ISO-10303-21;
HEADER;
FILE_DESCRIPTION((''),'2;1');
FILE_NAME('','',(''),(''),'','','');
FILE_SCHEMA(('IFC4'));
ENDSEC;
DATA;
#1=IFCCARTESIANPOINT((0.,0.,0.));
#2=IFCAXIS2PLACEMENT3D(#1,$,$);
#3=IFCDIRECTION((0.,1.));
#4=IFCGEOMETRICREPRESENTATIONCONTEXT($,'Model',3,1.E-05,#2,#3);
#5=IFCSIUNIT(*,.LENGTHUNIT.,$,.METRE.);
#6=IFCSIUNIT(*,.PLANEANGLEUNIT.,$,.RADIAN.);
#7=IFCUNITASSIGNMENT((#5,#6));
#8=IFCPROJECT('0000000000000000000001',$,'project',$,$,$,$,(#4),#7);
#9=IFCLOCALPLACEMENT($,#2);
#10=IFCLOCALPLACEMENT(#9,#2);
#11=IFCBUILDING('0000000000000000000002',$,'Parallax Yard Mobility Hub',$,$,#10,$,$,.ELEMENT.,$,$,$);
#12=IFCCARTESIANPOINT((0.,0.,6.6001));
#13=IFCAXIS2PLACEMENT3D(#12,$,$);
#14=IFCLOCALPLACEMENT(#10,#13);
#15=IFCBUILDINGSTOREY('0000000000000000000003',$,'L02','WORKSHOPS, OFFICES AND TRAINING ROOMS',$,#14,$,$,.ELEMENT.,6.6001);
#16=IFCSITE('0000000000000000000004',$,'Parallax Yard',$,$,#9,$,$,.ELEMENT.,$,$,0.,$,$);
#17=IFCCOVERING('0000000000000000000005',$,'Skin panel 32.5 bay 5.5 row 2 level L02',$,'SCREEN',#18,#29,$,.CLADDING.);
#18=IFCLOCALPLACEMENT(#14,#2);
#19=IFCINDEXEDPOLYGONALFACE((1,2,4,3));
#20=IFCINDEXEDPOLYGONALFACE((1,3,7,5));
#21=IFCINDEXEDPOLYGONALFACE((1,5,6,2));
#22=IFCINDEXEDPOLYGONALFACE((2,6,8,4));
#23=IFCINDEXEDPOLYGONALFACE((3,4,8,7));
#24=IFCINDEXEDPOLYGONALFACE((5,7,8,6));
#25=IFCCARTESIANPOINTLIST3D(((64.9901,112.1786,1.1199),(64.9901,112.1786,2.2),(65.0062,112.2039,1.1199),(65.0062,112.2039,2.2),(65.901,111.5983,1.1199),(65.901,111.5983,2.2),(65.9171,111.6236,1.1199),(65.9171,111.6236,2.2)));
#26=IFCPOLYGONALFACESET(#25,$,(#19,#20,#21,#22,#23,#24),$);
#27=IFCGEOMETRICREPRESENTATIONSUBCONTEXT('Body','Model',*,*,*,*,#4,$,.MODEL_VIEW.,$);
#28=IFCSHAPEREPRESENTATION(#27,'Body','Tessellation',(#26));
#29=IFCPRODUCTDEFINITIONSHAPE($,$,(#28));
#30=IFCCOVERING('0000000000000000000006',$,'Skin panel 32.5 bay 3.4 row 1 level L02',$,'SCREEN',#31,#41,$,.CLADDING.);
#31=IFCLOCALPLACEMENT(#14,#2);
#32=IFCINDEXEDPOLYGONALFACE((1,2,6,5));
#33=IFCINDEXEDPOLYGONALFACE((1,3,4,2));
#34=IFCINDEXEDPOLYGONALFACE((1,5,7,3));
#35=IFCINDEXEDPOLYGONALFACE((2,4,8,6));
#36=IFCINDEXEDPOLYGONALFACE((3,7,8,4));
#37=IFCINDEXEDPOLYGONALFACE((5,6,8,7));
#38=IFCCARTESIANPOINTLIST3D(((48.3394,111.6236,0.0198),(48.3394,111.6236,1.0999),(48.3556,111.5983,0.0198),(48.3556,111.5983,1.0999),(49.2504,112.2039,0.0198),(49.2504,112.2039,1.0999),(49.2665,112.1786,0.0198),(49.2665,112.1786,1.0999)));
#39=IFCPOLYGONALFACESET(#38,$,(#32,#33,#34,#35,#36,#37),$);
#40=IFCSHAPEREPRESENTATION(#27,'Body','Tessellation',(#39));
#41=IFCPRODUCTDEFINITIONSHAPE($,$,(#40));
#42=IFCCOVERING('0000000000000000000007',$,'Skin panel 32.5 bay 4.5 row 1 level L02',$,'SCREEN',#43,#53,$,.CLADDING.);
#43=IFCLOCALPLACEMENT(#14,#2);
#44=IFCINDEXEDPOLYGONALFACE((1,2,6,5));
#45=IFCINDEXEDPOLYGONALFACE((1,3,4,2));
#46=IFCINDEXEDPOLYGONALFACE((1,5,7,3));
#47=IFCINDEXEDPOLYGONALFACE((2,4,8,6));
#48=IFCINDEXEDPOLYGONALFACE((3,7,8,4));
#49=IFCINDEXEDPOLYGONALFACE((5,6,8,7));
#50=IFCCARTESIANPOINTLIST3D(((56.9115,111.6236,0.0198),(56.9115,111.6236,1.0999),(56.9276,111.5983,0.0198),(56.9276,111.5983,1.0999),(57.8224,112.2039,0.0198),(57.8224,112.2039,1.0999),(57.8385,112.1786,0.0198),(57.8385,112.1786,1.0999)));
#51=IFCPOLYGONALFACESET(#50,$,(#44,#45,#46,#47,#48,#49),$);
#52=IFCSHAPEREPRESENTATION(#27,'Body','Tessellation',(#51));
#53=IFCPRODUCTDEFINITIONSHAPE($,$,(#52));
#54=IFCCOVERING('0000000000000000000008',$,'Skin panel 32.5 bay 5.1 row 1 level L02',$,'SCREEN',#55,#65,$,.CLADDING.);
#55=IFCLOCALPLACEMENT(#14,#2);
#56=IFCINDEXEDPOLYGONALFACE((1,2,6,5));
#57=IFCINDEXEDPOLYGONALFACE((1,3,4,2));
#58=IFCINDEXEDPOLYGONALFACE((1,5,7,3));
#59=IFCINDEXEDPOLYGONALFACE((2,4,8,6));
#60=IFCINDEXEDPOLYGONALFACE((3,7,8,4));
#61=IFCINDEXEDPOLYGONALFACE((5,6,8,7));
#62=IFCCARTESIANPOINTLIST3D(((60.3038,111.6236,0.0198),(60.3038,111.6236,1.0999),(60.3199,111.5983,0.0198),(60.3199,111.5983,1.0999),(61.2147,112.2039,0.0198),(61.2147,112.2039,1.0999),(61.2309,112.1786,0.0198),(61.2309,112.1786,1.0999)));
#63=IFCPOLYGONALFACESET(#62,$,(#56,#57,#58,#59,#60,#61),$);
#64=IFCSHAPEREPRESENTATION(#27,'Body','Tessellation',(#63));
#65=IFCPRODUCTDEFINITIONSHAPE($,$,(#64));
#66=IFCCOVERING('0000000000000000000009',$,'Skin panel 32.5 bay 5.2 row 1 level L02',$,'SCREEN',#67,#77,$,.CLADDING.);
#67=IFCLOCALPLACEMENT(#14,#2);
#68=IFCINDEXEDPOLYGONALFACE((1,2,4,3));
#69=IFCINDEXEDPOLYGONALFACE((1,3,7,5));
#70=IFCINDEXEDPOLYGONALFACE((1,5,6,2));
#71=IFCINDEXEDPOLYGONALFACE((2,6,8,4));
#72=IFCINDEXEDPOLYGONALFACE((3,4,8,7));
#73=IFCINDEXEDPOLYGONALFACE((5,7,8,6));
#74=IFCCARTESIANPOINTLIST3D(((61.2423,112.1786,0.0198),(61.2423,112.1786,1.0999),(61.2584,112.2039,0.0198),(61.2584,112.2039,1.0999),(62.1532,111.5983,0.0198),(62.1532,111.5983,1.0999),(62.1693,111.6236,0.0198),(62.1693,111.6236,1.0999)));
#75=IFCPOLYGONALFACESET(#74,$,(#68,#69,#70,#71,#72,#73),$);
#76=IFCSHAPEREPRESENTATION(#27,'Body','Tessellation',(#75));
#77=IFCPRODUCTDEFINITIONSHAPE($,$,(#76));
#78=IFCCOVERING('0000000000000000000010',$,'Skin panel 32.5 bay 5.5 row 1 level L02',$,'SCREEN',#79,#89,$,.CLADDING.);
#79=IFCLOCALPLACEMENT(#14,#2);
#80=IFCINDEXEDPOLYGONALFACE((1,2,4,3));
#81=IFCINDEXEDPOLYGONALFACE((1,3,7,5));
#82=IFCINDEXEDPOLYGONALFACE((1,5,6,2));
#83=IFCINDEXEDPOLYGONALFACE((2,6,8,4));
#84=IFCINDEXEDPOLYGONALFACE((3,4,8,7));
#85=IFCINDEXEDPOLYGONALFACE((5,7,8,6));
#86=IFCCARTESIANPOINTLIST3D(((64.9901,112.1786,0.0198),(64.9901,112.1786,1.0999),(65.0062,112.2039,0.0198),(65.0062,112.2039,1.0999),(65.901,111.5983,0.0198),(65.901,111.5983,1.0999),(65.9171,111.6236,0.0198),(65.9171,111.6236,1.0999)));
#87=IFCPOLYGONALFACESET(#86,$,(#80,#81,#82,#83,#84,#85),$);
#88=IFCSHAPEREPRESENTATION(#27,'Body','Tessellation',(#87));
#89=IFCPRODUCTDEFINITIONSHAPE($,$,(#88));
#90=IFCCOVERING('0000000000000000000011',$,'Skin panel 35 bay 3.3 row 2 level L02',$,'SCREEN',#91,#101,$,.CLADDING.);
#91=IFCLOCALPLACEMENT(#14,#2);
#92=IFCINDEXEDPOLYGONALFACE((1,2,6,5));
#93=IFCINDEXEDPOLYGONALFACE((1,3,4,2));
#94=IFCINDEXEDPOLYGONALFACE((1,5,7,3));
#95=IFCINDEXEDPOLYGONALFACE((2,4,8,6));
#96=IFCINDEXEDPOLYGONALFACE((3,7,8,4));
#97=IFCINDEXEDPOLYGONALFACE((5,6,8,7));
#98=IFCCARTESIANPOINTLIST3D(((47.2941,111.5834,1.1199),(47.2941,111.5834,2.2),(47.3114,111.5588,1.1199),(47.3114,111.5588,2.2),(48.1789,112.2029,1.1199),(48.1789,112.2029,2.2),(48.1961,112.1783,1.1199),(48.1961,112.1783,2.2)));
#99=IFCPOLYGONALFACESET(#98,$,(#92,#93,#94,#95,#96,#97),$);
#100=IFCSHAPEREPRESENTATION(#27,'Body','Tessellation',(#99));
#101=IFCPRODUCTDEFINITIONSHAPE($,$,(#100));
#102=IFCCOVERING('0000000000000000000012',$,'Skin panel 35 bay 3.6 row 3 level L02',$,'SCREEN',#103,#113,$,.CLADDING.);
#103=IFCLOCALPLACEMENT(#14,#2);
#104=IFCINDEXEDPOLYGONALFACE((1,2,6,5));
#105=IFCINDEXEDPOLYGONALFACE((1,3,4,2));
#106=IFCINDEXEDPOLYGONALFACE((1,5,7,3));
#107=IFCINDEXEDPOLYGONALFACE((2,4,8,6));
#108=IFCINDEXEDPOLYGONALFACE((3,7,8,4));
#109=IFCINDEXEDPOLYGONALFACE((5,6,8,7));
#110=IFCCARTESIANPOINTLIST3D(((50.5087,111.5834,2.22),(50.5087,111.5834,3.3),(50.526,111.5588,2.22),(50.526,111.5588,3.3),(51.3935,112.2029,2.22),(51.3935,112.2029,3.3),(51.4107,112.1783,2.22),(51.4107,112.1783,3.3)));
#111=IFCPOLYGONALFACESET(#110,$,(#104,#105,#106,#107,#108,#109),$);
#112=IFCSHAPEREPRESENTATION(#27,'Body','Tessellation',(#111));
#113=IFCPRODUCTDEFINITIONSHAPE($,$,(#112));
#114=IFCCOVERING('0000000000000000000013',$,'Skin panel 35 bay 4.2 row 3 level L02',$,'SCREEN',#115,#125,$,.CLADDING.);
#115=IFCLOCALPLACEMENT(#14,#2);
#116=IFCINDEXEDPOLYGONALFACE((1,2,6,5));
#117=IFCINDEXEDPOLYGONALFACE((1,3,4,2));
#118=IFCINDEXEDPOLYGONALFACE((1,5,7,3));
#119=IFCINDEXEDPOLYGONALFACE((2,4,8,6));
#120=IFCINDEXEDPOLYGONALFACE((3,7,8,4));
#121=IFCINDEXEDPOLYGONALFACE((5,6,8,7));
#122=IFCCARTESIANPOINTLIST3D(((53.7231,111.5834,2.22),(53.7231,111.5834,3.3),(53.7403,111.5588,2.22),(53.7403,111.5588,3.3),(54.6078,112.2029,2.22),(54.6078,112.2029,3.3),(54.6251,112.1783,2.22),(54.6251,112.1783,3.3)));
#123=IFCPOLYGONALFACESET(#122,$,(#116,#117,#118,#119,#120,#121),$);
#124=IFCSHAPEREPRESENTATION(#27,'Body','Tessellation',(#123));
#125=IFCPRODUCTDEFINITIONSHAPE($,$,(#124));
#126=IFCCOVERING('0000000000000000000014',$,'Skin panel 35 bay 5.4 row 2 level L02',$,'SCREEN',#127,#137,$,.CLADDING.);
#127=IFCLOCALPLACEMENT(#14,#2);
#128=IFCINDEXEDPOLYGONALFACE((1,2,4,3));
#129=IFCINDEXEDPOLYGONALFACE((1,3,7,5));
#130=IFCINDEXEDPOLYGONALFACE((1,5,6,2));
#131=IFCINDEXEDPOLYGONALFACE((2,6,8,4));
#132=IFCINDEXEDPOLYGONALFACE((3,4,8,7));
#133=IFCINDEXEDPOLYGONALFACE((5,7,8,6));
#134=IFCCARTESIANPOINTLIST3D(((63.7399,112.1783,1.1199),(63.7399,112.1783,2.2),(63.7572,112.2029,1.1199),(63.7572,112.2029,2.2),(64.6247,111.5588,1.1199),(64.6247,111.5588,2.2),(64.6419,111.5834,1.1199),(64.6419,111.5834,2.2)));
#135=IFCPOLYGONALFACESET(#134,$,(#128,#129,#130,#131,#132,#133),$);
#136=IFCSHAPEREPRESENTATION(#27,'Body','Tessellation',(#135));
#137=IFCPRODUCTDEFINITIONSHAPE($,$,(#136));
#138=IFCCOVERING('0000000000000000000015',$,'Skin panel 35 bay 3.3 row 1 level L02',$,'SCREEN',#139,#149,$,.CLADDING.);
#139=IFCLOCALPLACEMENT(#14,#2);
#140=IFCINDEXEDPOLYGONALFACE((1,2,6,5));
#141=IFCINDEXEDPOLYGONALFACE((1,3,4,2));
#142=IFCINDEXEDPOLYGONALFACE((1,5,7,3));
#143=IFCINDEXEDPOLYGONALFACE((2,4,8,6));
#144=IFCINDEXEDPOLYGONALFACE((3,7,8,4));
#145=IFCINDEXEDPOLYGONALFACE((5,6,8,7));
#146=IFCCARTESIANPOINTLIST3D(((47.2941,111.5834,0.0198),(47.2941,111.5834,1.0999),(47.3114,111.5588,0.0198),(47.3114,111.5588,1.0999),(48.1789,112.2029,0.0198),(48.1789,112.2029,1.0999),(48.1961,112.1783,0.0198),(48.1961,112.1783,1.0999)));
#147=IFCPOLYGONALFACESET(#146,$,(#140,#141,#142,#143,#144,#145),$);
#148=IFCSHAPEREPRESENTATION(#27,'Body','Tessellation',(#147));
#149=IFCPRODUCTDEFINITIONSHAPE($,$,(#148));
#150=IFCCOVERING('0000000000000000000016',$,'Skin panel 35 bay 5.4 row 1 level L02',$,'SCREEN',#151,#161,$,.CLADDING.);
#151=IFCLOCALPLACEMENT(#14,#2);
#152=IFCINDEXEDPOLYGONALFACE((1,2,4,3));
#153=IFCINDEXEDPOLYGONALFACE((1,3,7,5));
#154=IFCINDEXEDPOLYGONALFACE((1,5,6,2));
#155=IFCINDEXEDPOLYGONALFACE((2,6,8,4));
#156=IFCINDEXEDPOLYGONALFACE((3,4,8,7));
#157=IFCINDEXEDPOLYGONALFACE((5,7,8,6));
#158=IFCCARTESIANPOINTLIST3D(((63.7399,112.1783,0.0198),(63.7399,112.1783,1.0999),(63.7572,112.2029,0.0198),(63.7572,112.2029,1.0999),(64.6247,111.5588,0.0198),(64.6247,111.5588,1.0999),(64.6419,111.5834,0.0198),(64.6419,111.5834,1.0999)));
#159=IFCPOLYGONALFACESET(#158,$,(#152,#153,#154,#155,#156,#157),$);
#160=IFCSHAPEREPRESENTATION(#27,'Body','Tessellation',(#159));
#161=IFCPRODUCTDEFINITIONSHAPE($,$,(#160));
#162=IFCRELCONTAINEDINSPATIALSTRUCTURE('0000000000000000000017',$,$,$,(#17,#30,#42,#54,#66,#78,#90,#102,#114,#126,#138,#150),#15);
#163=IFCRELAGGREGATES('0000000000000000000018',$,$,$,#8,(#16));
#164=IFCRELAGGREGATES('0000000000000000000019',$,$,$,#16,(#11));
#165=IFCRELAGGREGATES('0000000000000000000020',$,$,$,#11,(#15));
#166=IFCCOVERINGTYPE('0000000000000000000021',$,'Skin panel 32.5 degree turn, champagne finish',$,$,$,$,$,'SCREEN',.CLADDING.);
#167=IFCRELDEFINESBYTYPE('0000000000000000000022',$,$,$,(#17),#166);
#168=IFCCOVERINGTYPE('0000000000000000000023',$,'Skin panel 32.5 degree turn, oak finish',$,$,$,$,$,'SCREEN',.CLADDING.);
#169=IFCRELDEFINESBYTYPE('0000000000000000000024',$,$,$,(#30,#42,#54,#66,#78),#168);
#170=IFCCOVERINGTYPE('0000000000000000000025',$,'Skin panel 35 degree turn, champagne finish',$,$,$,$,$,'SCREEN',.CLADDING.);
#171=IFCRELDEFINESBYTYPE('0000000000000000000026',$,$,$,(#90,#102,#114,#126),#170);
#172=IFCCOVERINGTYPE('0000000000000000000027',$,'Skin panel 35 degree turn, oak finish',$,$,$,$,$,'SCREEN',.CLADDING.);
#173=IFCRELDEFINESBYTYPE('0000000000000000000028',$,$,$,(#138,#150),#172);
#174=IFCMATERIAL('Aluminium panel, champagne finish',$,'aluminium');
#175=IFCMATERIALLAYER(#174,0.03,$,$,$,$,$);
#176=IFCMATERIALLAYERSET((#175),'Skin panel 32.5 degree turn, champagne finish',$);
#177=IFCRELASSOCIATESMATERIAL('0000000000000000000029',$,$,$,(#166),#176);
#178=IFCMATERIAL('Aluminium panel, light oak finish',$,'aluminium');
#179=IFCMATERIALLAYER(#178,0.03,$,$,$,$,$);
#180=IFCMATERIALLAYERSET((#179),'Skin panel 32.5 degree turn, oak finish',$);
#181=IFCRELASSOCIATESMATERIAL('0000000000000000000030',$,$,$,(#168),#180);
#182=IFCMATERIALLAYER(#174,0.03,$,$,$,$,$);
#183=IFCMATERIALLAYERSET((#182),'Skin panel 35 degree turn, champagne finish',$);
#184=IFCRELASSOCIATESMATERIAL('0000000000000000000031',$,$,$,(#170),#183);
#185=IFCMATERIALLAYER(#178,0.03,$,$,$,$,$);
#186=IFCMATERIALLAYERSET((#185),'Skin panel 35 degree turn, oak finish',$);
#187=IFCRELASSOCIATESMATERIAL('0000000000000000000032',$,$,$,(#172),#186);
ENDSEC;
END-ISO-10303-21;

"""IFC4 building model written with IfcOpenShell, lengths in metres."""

from ifc_helpers import new_model, si_unit, direction, frame, origin, origin_2d, place, context, subcontext, project, spatial, rectangle, extrude, material, layer, layer_set, type_object, element, save


model = new_model("IFC4")

# Units and contexts
model_context = context("Model", 3, precision=1e-05, world=origin(), true_north=direction((0.0, 1.0)))
body_context = subcontext(model_context, "Body", "Model", "MODEL_VIEW")
ifc_project = project(units=[si_unit("LENGTHUNIT", "METRE"), si_unit("PLANEANGLEUNIT", "RADIAN")], contexts=[model_context])

# Site, building, storey
site_placement = place(None, origin())
site = spatial("IfcSite", under=ifc_project, at=site_placement, Name="Parallax Yard", CompositionType="ELEMENT", RefElevation=0.0)
building_placement = place(site_placement, origin())
building = spatial("IfcBuilding", under=site, at=building_placement, Name="Parallax Yard Mobility Hub", CompositionType="ELEMENT")
storey_placement = place(building_placement, frame((0.0, 0.0, 6.6001)))
storey = spatial("IfcBuildingStorey", under=building, at=storey_placement, Name="L02", Description="WORKSHOPS, OFFICES AND TRAINING ROOMS", CompositionType="ELEMENT", Elevation=6.6001)

# Coverings
ifc_material_1 = material(Name="Aluminium panel, champagne finish", Category="aluminium")
ifc_material_2 = material(Name="Aluminium panel, light oak finish", Category="aluminium")
ifc_layer_1 = layer(ifc_material_1, 0.03)
ifc_layer_set_1 = layer_set([ifc_layer_1], Name="Skin panel 32.5 degree turn, champagne finish")
covering_type_1 = type_object("IfcCoveringType", Name="Skin panel 32.5 degree turn, champagne finish", ElementType="SCREEN", PredefinedType="CLADDING", material=ifc_layer_set_1)
for number, where, z_axis, x_axis, name in (
    (1, (65.4536, 111.9011, 1.1199), (0.0, 0.0, 1.0), (0.843391, -0.5373, 0.0), "Skin panel 32.5 bay 5.5 row 2 level L02"),
):
    element("IfcCovering", number, at=place(storey_placement, frame(where, z_axis=z_axis, x_axis=x_axis)), inside=storey, type_object=covering_type_1, Name=name, ObjectType="SCREEN", PredefinedType="CLADDING", context=body_context, shape_type="SweptSolid", body=[
        extrude(rectangle(XDim=1.0801, YDim=0.03, at=origin_2d()), origin(), (0.0, 0.0, 1.0), 1.0801),
    ])
ifc_layer_2 = layer(ifc_material_2, 0.03)
ifc_layer_set_2 = layer_set([ifc_layer_2], Name="Skin panel 32.5 degree turn, oak finish")
covering_type_2 = type_object("IfcCoveringType", Name="Skin panel 32.5 degree turn, oak finish", ElementType="SCREEN", PredefinedType="CLADDING", material=ifc_layer_set_2)
for number, where, z_axis, x_axis, name in (
    (2, (48.803, 111.9011, 0.0198), (0.0, 0.0, 1.0), (-0.843391, -0.5373, 0.0), "Skin panel 32.5 bay 3.4 row 1 level L02"),
    (3, (57.375, 111.9011, 0.0198), (0.0, 0.0, 1.0), (-0.843391, -0.5373, 0.0), "Skin panel 32.5 bay 4.5 row 1 level L02"),
    (4, (60.7673, 111.9011, 0.0198), (0.0, 0.0, 1.0), (-0.843391, -0.5373, 0.0), "Skin panel 32.5 bay 5.1 row 1 level L02"),
    (5, (61.7058, 111.9011, 0.0198), (0.0, 0.0, 1.0), (0.843391, -0.5373, 0.0), "Skin panel 32.5 bay 5.2 row 1 level L02"),
    (6, (65.4536, 111.9011, 0.0198), (0.0, 0.0, 1.0), (0.843391, -0.5373, 0.0), "Skin panel 32.5 bay 5.5 row 1 level L02"),
):
    element("IfcCovering", number, at=place(storey_placement, frame(where, z_axis=z_axis, x_axis=x_axis)), inside=storey, type_object=covering_type_2, Name=name, ObjectType="SCREEN", PredefinedType="CLADDING", context=body_context, shape_type="SweptSolid", body=[
        extrude(rectangle(XDim=1.0801, YDim=0.03, at=origin_2d()), origin(), (0.0, 0.0, 1.0), 1.0801),
    ])
ifc_layer_3 = layer(ifc_material_1, 0.03)
ifc_layer_set_3 = layer_set([ifc_layer_3], Name="Skin panel 35 degree turn, champagne finish")
covering_type_3 = type_object("IfcCoveringType", Name="Skin panel 35 degree turn, champagne finish", ElementType="SCREEN", PredefinedType="CLADDING", material=ifc_layer_set_3)
for number, where, z_axis, x_axis, name in (
    (7, (47.7451, 111.8809, 1.1199), (0.0, 0.0, 1.0), (-0.819152, -0.573576, 0.0), "Skin panel 35 bay 3.3 row 2 level L02"),
    (8, (50.9597, 111.8809, 2.22), (0.0, 0.0, 1.0), (-0.819152, -0.573576, 0.0), "Skin panel 35 bay 3.6 row 3 level L02"),
    (9, (54.1741, 111.8809, 2.22), (0.0, 0.0, 1.0), (-0.819152, -0.573576, 0.0), "Skin panel 35 bay 4.2 row 3 level L02"),
    (10, (64.1909, 111.8809, 1.1199), (0.0, 0.0, 1.0), (0.819152, -0.573576, 0.0), "Skin panel 35 bay 5.4 row 2 level L02"),
):
    element("IfcCovering", number, at=place(storey_placement, frame(where, z_axis=z_axis, x_axis=x_axis)), inside=storey, type_object=covering_type_3, Name=name, ObjectType="SCREEN", PredefinedType="CLADDING", context=body_context, shape_type="SweptSolid", body=[
        extrude(rectangle(XDim=1.0801, YDim=0.03, at=origin_2d()), origin(), (0.0, 0.0, 1.0), 1.0801),
    ])
ifc_layer_4 = layer(ifc_material_2, 0.03)
ifc_layer_set_4 = layer_set([ifc_layer_4], Name="Skin panel 35 degree turn, oak finish")
covering_type_4 = type_object("IfcCoveringType", Name="Skin panel 35 degree turn, oak finish", ElementType="SCREEN", PredefinedType="CLADDING", material=ifc_layer_set_4)
for number, where, z_axis, x_axis, name in (
    (11, (47.7451, 111.8809, 0.0198), (0.0, 0.0, 1.0), (-0.819152, -0.573576, 0.0), "Skin panel 35 bay 3.3 row 1 level L02"),
    (12, (64.1909, 111.8809, 0.0198), (0.0, 0.0, 1.0), (0.819152, -0.573576, 0.0), "Skin panel 35 bay 5.4 row 1 level L02"),
):
    element("IfcCovering", number, at=place(storey_placement, frame(where, z_axis=z_axis, x_axis=x_axis)), inside=storey, type_object=covering_type_4, Name=name, ObjectType="SCREEN", PredefinedType="CLADDING", context=body_context, shape_type="SweptSolid", body=[
        extrude(rectangle(XDim=1.0801, YDim=0.03, at=origin_2d()), origin(), (0.0, 0.0, 1.0), 1.0801),
    ])

save(model, "model.ifc")
